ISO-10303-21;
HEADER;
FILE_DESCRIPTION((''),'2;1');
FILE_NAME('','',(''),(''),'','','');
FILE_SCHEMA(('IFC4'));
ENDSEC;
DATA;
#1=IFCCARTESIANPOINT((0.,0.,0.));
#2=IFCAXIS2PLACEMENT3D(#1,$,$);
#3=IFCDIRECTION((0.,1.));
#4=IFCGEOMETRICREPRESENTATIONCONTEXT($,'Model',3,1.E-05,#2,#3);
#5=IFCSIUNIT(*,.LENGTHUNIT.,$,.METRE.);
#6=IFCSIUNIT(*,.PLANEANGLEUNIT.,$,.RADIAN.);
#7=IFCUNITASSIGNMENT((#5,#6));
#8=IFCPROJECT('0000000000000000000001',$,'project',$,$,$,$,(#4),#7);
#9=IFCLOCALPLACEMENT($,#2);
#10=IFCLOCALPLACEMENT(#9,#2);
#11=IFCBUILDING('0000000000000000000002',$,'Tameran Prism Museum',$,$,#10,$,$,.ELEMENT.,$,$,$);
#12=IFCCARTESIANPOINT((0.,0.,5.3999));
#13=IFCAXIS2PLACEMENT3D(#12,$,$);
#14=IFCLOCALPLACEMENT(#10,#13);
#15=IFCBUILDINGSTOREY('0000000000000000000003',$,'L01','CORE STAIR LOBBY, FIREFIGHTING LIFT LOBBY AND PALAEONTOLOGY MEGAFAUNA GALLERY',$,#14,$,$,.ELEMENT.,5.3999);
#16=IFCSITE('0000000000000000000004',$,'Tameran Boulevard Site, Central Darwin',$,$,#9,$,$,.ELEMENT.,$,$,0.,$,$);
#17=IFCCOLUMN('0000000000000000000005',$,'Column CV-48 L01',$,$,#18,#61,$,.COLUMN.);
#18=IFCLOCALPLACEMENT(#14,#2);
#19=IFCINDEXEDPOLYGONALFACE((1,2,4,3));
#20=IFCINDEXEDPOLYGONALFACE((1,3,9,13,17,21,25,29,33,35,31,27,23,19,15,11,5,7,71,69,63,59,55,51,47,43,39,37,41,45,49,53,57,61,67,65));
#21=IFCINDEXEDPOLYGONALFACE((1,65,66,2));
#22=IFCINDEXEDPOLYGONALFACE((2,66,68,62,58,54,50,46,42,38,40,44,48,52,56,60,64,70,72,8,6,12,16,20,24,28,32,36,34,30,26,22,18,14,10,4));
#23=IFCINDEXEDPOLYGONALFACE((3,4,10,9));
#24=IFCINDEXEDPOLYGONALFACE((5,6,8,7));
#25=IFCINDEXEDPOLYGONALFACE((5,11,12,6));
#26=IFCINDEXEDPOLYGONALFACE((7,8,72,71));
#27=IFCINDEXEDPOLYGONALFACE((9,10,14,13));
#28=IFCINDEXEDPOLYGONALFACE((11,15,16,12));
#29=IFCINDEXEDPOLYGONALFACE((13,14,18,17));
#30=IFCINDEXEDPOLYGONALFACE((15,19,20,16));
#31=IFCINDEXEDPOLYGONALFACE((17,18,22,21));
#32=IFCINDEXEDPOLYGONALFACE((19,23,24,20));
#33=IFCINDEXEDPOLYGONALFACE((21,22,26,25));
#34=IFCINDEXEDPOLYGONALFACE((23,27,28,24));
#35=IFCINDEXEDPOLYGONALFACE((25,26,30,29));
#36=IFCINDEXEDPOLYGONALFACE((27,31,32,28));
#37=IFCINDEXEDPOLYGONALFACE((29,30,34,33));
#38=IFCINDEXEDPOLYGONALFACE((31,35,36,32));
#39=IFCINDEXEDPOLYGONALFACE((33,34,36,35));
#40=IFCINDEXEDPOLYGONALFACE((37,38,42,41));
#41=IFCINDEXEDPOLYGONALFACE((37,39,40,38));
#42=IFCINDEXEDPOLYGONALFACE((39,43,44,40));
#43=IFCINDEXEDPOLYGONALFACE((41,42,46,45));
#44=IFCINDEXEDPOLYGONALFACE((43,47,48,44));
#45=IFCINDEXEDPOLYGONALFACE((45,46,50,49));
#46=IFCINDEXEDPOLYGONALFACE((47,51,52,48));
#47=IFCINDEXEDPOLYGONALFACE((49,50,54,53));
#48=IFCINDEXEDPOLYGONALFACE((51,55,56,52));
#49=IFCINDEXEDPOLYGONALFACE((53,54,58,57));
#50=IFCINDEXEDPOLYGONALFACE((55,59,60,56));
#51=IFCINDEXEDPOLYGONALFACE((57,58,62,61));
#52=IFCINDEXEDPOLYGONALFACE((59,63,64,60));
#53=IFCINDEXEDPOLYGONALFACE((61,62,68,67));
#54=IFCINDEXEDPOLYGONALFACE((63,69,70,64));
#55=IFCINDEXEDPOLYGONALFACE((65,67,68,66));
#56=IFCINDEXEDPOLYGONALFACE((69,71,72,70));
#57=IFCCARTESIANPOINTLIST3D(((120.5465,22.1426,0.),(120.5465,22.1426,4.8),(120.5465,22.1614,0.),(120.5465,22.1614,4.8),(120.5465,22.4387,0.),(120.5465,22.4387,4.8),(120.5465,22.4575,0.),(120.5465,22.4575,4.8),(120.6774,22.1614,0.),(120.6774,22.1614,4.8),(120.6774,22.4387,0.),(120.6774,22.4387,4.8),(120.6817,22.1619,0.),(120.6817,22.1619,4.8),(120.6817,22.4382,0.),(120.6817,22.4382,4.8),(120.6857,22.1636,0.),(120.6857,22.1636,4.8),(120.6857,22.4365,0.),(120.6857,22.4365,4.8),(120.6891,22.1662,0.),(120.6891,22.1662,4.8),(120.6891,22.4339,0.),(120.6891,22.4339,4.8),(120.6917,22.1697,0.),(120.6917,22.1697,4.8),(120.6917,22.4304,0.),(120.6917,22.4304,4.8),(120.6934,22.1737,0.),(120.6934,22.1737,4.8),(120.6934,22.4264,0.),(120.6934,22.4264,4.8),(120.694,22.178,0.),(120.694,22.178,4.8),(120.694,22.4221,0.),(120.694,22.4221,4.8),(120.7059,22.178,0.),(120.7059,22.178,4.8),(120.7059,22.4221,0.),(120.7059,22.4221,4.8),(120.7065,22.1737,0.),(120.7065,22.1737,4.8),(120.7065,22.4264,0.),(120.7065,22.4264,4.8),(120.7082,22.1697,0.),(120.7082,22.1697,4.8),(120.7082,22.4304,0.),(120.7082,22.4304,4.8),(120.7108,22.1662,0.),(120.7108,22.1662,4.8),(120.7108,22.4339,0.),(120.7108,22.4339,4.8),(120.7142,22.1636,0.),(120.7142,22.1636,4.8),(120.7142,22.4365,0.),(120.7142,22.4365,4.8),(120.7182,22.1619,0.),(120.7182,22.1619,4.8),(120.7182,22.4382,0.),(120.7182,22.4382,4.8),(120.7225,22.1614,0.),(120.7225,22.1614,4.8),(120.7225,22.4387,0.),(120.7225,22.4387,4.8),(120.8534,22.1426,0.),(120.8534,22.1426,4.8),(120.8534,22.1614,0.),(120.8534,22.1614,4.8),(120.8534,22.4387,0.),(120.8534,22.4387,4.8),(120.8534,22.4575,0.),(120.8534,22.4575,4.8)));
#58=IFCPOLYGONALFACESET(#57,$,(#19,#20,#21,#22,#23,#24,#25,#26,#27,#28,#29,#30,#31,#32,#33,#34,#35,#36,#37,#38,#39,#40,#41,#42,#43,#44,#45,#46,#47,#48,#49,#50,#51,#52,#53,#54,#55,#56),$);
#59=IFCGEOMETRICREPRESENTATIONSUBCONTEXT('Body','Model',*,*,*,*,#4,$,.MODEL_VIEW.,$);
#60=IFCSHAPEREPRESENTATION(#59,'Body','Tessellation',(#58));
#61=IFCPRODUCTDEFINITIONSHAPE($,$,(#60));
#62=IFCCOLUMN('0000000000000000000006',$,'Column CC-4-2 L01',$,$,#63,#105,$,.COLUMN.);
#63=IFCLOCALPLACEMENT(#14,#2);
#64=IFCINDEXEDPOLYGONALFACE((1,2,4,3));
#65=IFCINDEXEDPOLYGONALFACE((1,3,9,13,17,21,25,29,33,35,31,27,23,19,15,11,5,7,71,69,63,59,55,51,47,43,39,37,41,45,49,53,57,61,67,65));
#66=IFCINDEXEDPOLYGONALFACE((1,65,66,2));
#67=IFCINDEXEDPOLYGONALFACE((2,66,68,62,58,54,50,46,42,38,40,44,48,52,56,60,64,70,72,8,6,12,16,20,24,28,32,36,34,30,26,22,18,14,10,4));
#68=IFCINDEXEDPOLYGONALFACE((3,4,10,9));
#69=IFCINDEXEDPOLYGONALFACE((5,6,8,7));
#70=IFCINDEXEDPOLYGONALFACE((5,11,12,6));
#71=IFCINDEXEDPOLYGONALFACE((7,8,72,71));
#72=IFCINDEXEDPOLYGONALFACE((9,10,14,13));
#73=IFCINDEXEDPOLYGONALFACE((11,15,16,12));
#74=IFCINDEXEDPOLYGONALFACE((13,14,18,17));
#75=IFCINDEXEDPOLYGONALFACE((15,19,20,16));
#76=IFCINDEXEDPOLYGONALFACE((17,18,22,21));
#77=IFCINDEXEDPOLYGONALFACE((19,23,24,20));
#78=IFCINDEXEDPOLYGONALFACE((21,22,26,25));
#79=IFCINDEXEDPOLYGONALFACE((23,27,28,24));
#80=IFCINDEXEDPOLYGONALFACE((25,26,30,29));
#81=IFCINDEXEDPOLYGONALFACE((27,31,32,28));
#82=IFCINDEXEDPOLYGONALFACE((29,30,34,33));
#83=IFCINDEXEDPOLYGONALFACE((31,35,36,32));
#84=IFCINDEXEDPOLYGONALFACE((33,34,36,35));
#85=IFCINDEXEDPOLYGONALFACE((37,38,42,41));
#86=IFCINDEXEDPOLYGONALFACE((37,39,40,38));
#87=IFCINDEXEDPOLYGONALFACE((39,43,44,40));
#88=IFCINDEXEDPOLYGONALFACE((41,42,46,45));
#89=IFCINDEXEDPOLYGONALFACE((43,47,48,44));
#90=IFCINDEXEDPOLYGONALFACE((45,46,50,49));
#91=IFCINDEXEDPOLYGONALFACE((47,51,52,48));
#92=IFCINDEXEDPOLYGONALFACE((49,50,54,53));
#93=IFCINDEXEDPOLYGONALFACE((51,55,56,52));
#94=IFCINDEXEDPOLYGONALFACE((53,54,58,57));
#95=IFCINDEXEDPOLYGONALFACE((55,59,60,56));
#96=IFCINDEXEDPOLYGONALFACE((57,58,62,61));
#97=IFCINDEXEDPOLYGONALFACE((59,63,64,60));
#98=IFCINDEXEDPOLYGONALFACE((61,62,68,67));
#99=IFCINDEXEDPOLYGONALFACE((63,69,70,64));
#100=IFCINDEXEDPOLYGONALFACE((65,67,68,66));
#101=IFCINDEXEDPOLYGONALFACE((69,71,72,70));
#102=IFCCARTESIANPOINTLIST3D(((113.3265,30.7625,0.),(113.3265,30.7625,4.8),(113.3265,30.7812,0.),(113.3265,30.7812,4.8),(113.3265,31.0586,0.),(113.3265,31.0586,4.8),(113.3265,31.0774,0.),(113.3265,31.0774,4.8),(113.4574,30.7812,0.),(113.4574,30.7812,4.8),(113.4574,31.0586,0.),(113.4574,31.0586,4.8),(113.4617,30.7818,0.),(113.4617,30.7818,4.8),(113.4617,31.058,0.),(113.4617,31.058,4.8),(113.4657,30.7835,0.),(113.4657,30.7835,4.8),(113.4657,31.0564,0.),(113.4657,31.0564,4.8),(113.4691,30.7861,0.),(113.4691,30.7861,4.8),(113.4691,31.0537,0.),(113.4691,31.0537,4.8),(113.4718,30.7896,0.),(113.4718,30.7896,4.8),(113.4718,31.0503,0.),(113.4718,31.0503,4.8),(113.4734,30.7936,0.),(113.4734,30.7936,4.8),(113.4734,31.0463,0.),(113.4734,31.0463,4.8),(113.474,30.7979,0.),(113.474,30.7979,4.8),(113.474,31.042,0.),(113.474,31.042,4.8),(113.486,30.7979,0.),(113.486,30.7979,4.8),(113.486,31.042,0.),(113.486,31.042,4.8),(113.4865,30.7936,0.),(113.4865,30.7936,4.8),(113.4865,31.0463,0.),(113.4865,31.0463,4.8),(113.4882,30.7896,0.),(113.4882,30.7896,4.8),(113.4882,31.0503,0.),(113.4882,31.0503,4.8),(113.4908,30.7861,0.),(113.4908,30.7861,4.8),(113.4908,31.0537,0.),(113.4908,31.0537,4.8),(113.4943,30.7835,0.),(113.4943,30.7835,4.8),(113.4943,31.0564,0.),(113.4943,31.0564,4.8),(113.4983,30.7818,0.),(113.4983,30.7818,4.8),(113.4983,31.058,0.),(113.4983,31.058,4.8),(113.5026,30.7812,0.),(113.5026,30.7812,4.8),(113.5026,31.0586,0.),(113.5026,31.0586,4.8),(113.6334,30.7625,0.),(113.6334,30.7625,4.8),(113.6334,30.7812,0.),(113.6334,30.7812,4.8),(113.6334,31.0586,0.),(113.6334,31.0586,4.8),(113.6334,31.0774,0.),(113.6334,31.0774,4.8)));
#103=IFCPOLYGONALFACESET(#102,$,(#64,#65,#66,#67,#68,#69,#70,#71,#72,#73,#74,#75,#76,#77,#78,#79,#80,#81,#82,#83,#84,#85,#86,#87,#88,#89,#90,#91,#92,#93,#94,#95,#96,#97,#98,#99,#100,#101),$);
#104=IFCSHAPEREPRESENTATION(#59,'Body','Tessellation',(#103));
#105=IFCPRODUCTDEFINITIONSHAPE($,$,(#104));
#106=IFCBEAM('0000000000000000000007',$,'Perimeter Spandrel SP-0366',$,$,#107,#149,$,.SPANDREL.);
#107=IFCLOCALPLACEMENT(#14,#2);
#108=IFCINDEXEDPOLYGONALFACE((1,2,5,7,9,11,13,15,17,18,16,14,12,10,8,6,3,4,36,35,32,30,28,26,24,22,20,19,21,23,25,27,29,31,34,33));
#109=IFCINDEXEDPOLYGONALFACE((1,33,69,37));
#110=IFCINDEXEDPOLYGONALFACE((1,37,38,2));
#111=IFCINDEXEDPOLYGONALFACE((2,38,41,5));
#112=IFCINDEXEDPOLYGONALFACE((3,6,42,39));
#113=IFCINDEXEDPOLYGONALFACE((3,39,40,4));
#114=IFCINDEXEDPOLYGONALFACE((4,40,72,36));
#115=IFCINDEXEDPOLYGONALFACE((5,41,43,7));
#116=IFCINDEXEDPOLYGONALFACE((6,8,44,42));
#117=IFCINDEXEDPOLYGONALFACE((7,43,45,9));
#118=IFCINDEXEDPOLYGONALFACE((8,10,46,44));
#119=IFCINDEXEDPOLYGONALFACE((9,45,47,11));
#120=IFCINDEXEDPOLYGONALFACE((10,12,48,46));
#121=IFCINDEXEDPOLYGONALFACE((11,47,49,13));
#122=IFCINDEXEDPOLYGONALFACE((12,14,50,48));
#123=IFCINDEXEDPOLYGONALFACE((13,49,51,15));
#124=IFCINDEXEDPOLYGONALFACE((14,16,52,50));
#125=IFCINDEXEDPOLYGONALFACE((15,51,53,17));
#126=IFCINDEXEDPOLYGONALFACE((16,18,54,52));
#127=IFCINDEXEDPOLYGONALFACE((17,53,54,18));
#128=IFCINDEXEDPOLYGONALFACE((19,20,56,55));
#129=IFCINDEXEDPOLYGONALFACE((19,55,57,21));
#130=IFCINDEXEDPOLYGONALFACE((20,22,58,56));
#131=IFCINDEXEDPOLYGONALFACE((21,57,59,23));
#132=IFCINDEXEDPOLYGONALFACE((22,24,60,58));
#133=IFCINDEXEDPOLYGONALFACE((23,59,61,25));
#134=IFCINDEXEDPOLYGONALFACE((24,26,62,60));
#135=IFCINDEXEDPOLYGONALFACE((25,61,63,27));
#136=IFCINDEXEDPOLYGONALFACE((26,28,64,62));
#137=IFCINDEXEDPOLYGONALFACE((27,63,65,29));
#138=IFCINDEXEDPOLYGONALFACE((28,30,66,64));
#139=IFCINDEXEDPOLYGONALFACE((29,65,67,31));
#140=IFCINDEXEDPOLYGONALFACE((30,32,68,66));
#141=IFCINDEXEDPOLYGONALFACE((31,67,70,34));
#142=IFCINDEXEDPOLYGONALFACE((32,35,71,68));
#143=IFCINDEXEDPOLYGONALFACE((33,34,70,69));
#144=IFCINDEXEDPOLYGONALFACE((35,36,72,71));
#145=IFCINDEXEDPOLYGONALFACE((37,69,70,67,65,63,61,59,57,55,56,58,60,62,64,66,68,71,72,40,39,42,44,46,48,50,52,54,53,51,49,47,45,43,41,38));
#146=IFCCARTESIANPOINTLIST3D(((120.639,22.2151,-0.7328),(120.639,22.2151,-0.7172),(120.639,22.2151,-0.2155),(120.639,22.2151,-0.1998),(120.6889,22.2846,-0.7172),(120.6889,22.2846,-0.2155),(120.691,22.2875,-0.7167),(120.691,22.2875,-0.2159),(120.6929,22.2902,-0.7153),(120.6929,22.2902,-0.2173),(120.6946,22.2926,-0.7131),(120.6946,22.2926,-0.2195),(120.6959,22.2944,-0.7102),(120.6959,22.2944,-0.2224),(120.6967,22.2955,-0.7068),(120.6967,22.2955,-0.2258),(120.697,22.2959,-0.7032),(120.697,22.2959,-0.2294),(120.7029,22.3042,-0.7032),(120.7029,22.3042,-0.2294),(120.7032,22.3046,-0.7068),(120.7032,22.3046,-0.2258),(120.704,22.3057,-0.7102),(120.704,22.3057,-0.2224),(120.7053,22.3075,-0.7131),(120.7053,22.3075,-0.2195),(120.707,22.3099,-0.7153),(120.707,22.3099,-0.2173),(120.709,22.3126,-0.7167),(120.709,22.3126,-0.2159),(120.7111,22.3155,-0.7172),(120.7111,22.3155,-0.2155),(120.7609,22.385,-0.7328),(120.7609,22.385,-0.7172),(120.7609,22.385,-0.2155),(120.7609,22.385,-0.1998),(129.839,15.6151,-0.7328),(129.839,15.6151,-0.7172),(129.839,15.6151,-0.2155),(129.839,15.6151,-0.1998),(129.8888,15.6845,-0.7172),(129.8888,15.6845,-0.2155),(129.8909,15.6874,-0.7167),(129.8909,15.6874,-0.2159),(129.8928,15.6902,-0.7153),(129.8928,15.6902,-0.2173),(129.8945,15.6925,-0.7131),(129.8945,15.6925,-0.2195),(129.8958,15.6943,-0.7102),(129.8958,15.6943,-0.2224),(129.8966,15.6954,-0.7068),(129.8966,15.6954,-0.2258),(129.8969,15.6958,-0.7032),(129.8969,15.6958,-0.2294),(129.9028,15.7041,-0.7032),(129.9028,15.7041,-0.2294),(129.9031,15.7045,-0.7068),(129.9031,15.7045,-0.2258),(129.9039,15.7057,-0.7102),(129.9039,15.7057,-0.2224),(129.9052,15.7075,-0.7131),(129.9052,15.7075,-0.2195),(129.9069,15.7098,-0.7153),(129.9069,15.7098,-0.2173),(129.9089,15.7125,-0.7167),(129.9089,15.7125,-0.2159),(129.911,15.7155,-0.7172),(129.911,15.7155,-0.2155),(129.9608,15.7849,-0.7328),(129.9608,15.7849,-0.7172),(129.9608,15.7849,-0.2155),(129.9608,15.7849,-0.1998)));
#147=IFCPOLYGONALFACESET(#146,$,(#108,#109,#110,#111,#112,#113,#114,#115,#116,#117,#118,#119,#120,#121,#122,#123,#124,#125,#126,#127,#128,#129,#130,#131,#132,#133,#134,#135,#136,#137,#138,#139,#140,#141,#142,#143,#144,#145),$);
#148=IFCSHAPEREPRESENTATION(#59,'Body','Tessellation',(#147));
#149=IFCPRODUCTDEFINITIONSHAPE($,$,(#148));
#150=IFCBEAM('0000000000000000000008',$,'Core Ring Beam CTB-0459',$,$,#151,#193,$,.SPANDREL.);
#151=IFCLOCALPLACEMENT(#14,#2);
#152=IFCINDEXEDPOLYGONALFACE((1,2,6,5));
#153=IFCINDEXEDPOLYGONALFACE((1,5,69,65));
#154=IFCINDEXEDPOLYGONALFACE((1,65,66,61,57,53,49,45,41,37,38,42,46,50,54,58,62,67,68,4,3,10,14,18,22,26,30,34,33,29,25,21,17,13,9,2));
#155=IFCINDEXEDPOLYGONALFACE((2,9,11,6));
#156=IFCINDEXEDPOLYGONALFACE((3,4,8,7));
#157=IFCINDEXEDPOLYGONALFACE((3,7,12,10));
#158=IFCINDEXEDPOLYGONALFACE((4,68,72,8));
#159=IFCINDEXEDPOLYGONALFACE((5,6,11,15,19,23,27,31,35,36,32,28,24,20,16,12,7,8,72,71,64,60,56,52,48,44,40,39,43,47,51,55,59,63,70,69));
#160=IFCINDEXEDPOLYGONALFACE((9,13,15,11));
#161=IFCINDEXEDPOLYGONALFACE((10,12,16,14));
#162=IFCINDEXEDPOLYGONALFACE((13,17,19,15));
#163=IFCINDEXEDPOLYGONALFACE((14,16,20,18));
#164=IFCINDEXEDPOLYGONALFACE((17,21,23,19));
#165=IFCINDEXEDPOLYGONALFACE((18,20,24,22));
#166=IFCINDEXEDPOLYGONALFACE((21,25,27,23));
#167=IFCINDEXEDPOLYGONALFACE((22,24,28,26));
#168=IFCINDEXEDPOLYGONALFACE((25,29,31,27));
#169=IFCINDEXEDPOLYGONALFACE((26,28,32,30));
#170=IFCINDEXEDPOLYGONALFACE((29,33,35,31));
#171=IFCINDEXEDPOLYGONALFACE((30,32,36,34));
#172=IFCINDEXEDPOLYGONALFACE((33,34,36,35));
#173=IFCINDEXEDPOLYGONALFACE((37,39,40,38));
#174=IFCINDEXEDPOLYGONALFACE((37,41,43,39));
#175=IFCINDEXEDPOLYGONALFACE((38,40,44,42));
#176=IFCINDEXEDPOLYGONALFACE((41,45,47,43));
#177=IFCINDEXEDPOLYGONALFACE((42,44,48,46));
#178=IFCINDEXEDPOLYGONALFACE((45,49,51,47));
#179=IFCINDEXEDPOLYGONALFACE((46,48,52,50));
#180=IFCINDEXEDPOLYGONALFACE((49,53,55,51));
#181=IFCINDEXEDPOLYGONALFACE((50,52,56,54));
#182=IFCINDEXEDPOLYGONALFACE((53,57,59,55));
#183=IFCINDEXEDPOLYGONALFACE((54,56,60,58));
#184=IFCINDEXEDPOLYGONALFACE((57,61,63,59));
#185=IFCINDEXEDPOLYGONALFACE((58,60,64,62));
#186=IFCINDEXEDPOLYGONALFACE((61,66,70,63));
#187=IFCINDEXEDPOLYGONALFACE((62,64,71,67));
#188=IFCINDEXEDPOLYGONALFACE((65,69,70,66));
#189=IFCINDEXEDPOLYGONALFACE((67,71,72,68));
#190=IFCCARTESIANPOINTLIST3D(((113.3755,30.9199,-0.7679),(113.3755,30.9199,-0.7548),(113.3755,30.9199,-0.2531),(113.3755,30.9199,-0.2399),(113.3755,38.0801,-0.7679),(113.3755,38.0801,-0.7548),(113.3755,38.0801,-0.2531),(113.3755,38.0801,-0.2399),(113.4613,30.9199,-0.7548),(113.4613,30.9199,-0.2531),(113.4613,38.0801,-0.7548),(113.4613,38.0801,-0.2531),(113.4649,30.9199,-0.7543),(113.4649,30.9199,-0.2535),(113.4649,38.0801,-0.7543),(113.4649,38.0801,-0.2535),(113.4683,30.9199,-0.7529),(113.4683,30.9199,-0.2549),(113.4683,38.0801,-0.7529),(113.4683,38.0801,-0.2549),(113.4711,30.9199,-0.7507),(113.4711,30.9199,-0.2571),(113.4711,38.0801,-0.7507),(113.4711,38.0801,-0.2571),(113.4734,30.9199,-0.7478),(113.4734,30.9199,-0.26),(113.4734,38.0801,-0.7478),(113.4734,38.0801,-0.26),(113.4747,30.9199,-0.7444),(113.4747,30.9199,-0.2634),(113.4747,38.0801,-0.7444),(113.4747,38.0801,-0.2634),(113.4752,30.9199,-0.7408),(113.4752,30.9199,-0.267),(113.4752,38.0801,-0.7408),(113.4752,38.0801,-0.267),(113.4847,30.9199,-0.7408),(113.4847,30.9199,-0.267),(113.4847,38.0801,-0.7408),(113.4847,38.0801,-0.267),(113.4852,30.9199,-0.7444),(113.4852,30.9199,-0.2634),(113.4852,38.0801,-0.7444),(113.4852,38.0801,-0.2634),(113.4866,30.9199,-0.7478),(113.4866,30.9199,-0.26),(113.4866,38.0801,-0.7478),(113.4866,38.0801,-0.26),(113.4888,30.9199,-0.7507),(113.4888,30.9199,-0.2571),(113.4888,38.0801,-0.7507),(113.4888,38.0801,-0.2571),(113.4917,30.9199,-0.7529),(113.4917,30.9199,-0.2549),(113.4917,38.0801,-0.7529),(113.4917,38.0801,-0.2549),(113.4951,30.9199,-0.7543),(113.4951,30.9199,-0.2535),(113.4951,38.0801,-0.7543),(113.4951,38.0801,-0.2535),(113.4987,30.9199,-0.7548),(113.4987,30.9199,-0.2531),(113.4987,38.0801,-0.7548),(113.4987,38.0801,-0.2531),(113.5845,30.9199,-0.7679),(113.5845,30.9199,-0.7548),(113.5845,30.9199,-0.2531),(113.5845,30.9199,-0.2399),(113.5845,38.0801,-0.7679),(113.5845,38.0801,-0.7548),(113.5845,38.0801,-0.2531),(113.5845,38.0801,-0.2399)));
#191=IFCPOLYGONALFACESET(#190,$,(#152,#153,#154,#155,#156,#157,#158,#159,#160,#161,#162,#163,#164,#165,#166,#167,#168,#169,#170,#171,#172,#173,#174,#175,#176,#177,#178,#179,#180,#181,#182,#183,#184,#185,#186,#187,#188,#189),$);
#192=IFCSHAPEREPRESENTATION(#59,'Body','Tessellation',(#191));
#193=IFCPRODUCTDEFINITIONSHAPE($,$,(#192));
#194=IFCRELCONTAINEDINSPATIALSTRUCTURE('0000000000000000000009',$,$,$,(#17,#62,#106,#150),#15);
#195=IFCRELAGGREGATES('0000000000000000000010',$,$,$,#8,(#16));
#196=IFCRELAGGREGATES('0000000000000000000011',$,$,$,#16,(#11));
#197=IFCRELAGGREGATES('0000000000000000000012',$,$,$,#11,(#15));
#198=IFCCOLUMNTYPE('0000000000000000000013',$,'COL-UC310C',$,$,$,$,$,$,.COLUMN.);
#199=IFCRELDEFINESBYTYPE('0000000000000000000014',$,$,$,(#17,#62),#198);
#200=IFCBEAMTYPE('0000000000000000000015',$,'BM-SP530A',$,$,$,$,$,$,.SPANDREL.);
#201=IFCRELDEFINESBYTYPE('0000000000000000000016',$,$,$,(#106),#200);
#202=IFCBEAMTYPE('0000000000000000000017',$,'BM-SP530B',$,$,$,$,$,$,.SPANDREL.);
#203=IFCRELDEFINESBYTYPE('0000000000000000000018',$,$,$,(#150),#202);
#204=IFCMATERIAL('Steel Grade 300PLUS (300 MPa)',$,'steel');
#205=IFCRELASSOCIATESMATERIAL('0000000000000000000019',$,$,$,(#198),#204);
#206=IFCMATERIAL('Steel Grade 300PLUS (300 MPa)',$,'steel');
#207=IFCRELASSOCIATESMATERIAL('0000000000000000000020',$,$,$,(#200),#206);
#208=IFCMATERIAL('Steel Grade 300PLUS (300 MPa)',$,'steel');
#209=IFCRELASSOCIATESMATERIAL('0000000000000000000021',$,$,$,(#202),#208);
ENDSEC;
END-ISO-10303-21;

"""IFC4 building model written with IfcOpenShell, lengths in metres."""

from ifc_helpers import new_model, si_unit, direction, frame, origin, origin_2d, place, context, subcontext, project, spatial, i_section, extrude, material, material_profile, profile_set, type_object, element, save


model = new_model("IFC4")

# Units and contexts
model_context = context("Model", 3, precision=1e-05, world=origin(), true_north=direction((0.0, 1.0)))
body_context = subcontext(model_context, "Body", "Model", "MODEL_VIEW")
ifc_project = project(units=[si_unit("LENGTHUNIT", "METRE"), si_unit("PLANEANGLEUNIT", "RADIAN")], contexts=[model_context])

# Site, building, storey
site_placement = place(None, origin())
site = spatial("IfcSite", under=ifc_project, at=site_placement, Name="Tameran Boulevard Site, Central Darwin", CompositionType="ELEMENT", RefElevation=0.0)
building_placement = place(site_placement, origin())
building = spatial("IfcBuilding", under=site, at=building_placement, Name="Tameran Prism Museum", CompositionType="ELEMENT")
storey_placement = place(building_placement, frame((0.0, 0.0, 5.3999)))
storey = spatial("IfcBuildingStorey", under=building, at=storey_placement, Name="L01", Description="CORE STAIR LOBBY, FIREFIGHTING LIFT LOBBY AND PALAEONTOLOGY MEGAFAUNA GALLERY", CompositionType="ELEMENT", Elevation=5.3999)

# Columns
ifc_material_1 = material(Name="Steel Grade 300PLUS (300 MPa)", Category="steel")
ifc_material_profile_1 = material_profile(ifc_material_1, i_section(OverallWidth=0.3069, OverallDepth=0.3149, WebThickness=0.012, FlangeThickness=0.0188, FilletRadius=0.0166, at=origin_2d()))
ifc_profile_set_1 = profile_set([ifc_material_profile_1])
column_type = type_object("IfcColumnType", Name="COL-UC310C", PredefinedType="COLUMN", material=ifc_profile_set_1)
for number, where, z_axis, x_axis, name in (
    (1, (120.7, 22.3, 0.0), (0.0, 0.0, 1.0), (1.0, 0.0, 0.0), "Column CV-48 L01"),
    (2, (113.48, 30.9199, 0.0), (0.0, 0.0, 1.0), (1.0, 0.0, 0.0), "Column CC-4-2 L01"),
):
    element("IfcColumn", number, at=place(storey_placement, frame(where, z_axis=z_axis, x_axis=x_axis)), inside=storey, type_object=column_type, Name=name, PredefinedType="COLUMN", context=body_context, shape_type="SweptSolid", body=[
        extrude(i_section(OverallWidth=0.3069, OverallDepth=0.3149, WebThickness=0.012, FlangeThickness=0.0188, FilletRadius=0.0166, at=origin_2d()), origin(), (0.0, 0.0, 1.0), 4.8),
    ])

# Beams
ifc_material_2 = material(Name="Steel Grade 300PLUS (300 MPa)", Category="steel")
ifc_material_profile_2 = material_profile(ifc_material_2, i_section(OverallWidth=0.209, OverallDepth=0.533, WebThickness=0.0103, FlangeThickness=0.0156, FilletRadius=0.0139, at=origin_2d()))
ifc_profile_set_2 = profile_set([ifc_material_profile_2])
beam_type_1 = type_object("IfcBeamType", Name="BM-SP530A", PredefinedType="SPANDREL", material=ifc_profile_set_2)
beam_1_placement = place(storey_placement, frame((120.7, 22.3, -0.4663), z_axis=(0.812533, -0.582916, 0.0), x_axis=(0.582916, 0.812533, 0.0)))
element("IfcBeam", 3, at=beam_1_placement, inside=storey, type_object=beam_type_1, Name="Perimeter Spandrel SP-0366", PredefinedType="SPANDREL", context=body_context, shape_type="SweptSolid", body=[
    extrude(i_section(OverallWidth=0.209, OverallDepth=0.533, WebThickness=0.0103, FlangeThickness=0.0156, FilletRadius=0.0139, at=origin_2d()), origin(), (0.0, 0.0, 1.0), 11.3225),
])
ifc_material_3 = material(Name="Steel Grade 300PLUS (300 MPa)", Category="steel")
ifc_material_profile_3 = material_profile(ifc_material_3, i_section(OverallWidth=0.209, OverallDepth=0.5281, WebThickness=0.0095, FlangeThickness=0.0132, FilletRadius=0.0139, at=origin_2d()))
ifc_profile_set_3 = profile_set([ifc_material_profile_3])
beam_type_2 = type_object("IfcBeamType", Name="BM-SP530B", PredefinedType="SPANDREL", material=ifc_profile_set_3)
beam_2_placement = place(storey_placement, frame((113.48, 30.9199, -0.5039), z_axis=(0.0, 1.0, 0.0), x_axis=(-1.0, 0.0, 0.0)))
element("IfcBeam", 4, at=beam_2_placement, inside=storey, type_object=beam_type_2, Name="Core Ring Beam CTB-0459", PredefinedType="SPANDREL", context=body_context, shape_type="SweptSolid", body=[
    extrude(i_section(OverallWidth=0.209, OverallDepth=0.5281, WebThickness=0.0095, FlangeThickness=0.0132, FilletRadius=0.0139, at=origin_2d()), origin(), (0.0, 0.0, 1.0), 7.1602),
])

save(model, "model.ifc")
